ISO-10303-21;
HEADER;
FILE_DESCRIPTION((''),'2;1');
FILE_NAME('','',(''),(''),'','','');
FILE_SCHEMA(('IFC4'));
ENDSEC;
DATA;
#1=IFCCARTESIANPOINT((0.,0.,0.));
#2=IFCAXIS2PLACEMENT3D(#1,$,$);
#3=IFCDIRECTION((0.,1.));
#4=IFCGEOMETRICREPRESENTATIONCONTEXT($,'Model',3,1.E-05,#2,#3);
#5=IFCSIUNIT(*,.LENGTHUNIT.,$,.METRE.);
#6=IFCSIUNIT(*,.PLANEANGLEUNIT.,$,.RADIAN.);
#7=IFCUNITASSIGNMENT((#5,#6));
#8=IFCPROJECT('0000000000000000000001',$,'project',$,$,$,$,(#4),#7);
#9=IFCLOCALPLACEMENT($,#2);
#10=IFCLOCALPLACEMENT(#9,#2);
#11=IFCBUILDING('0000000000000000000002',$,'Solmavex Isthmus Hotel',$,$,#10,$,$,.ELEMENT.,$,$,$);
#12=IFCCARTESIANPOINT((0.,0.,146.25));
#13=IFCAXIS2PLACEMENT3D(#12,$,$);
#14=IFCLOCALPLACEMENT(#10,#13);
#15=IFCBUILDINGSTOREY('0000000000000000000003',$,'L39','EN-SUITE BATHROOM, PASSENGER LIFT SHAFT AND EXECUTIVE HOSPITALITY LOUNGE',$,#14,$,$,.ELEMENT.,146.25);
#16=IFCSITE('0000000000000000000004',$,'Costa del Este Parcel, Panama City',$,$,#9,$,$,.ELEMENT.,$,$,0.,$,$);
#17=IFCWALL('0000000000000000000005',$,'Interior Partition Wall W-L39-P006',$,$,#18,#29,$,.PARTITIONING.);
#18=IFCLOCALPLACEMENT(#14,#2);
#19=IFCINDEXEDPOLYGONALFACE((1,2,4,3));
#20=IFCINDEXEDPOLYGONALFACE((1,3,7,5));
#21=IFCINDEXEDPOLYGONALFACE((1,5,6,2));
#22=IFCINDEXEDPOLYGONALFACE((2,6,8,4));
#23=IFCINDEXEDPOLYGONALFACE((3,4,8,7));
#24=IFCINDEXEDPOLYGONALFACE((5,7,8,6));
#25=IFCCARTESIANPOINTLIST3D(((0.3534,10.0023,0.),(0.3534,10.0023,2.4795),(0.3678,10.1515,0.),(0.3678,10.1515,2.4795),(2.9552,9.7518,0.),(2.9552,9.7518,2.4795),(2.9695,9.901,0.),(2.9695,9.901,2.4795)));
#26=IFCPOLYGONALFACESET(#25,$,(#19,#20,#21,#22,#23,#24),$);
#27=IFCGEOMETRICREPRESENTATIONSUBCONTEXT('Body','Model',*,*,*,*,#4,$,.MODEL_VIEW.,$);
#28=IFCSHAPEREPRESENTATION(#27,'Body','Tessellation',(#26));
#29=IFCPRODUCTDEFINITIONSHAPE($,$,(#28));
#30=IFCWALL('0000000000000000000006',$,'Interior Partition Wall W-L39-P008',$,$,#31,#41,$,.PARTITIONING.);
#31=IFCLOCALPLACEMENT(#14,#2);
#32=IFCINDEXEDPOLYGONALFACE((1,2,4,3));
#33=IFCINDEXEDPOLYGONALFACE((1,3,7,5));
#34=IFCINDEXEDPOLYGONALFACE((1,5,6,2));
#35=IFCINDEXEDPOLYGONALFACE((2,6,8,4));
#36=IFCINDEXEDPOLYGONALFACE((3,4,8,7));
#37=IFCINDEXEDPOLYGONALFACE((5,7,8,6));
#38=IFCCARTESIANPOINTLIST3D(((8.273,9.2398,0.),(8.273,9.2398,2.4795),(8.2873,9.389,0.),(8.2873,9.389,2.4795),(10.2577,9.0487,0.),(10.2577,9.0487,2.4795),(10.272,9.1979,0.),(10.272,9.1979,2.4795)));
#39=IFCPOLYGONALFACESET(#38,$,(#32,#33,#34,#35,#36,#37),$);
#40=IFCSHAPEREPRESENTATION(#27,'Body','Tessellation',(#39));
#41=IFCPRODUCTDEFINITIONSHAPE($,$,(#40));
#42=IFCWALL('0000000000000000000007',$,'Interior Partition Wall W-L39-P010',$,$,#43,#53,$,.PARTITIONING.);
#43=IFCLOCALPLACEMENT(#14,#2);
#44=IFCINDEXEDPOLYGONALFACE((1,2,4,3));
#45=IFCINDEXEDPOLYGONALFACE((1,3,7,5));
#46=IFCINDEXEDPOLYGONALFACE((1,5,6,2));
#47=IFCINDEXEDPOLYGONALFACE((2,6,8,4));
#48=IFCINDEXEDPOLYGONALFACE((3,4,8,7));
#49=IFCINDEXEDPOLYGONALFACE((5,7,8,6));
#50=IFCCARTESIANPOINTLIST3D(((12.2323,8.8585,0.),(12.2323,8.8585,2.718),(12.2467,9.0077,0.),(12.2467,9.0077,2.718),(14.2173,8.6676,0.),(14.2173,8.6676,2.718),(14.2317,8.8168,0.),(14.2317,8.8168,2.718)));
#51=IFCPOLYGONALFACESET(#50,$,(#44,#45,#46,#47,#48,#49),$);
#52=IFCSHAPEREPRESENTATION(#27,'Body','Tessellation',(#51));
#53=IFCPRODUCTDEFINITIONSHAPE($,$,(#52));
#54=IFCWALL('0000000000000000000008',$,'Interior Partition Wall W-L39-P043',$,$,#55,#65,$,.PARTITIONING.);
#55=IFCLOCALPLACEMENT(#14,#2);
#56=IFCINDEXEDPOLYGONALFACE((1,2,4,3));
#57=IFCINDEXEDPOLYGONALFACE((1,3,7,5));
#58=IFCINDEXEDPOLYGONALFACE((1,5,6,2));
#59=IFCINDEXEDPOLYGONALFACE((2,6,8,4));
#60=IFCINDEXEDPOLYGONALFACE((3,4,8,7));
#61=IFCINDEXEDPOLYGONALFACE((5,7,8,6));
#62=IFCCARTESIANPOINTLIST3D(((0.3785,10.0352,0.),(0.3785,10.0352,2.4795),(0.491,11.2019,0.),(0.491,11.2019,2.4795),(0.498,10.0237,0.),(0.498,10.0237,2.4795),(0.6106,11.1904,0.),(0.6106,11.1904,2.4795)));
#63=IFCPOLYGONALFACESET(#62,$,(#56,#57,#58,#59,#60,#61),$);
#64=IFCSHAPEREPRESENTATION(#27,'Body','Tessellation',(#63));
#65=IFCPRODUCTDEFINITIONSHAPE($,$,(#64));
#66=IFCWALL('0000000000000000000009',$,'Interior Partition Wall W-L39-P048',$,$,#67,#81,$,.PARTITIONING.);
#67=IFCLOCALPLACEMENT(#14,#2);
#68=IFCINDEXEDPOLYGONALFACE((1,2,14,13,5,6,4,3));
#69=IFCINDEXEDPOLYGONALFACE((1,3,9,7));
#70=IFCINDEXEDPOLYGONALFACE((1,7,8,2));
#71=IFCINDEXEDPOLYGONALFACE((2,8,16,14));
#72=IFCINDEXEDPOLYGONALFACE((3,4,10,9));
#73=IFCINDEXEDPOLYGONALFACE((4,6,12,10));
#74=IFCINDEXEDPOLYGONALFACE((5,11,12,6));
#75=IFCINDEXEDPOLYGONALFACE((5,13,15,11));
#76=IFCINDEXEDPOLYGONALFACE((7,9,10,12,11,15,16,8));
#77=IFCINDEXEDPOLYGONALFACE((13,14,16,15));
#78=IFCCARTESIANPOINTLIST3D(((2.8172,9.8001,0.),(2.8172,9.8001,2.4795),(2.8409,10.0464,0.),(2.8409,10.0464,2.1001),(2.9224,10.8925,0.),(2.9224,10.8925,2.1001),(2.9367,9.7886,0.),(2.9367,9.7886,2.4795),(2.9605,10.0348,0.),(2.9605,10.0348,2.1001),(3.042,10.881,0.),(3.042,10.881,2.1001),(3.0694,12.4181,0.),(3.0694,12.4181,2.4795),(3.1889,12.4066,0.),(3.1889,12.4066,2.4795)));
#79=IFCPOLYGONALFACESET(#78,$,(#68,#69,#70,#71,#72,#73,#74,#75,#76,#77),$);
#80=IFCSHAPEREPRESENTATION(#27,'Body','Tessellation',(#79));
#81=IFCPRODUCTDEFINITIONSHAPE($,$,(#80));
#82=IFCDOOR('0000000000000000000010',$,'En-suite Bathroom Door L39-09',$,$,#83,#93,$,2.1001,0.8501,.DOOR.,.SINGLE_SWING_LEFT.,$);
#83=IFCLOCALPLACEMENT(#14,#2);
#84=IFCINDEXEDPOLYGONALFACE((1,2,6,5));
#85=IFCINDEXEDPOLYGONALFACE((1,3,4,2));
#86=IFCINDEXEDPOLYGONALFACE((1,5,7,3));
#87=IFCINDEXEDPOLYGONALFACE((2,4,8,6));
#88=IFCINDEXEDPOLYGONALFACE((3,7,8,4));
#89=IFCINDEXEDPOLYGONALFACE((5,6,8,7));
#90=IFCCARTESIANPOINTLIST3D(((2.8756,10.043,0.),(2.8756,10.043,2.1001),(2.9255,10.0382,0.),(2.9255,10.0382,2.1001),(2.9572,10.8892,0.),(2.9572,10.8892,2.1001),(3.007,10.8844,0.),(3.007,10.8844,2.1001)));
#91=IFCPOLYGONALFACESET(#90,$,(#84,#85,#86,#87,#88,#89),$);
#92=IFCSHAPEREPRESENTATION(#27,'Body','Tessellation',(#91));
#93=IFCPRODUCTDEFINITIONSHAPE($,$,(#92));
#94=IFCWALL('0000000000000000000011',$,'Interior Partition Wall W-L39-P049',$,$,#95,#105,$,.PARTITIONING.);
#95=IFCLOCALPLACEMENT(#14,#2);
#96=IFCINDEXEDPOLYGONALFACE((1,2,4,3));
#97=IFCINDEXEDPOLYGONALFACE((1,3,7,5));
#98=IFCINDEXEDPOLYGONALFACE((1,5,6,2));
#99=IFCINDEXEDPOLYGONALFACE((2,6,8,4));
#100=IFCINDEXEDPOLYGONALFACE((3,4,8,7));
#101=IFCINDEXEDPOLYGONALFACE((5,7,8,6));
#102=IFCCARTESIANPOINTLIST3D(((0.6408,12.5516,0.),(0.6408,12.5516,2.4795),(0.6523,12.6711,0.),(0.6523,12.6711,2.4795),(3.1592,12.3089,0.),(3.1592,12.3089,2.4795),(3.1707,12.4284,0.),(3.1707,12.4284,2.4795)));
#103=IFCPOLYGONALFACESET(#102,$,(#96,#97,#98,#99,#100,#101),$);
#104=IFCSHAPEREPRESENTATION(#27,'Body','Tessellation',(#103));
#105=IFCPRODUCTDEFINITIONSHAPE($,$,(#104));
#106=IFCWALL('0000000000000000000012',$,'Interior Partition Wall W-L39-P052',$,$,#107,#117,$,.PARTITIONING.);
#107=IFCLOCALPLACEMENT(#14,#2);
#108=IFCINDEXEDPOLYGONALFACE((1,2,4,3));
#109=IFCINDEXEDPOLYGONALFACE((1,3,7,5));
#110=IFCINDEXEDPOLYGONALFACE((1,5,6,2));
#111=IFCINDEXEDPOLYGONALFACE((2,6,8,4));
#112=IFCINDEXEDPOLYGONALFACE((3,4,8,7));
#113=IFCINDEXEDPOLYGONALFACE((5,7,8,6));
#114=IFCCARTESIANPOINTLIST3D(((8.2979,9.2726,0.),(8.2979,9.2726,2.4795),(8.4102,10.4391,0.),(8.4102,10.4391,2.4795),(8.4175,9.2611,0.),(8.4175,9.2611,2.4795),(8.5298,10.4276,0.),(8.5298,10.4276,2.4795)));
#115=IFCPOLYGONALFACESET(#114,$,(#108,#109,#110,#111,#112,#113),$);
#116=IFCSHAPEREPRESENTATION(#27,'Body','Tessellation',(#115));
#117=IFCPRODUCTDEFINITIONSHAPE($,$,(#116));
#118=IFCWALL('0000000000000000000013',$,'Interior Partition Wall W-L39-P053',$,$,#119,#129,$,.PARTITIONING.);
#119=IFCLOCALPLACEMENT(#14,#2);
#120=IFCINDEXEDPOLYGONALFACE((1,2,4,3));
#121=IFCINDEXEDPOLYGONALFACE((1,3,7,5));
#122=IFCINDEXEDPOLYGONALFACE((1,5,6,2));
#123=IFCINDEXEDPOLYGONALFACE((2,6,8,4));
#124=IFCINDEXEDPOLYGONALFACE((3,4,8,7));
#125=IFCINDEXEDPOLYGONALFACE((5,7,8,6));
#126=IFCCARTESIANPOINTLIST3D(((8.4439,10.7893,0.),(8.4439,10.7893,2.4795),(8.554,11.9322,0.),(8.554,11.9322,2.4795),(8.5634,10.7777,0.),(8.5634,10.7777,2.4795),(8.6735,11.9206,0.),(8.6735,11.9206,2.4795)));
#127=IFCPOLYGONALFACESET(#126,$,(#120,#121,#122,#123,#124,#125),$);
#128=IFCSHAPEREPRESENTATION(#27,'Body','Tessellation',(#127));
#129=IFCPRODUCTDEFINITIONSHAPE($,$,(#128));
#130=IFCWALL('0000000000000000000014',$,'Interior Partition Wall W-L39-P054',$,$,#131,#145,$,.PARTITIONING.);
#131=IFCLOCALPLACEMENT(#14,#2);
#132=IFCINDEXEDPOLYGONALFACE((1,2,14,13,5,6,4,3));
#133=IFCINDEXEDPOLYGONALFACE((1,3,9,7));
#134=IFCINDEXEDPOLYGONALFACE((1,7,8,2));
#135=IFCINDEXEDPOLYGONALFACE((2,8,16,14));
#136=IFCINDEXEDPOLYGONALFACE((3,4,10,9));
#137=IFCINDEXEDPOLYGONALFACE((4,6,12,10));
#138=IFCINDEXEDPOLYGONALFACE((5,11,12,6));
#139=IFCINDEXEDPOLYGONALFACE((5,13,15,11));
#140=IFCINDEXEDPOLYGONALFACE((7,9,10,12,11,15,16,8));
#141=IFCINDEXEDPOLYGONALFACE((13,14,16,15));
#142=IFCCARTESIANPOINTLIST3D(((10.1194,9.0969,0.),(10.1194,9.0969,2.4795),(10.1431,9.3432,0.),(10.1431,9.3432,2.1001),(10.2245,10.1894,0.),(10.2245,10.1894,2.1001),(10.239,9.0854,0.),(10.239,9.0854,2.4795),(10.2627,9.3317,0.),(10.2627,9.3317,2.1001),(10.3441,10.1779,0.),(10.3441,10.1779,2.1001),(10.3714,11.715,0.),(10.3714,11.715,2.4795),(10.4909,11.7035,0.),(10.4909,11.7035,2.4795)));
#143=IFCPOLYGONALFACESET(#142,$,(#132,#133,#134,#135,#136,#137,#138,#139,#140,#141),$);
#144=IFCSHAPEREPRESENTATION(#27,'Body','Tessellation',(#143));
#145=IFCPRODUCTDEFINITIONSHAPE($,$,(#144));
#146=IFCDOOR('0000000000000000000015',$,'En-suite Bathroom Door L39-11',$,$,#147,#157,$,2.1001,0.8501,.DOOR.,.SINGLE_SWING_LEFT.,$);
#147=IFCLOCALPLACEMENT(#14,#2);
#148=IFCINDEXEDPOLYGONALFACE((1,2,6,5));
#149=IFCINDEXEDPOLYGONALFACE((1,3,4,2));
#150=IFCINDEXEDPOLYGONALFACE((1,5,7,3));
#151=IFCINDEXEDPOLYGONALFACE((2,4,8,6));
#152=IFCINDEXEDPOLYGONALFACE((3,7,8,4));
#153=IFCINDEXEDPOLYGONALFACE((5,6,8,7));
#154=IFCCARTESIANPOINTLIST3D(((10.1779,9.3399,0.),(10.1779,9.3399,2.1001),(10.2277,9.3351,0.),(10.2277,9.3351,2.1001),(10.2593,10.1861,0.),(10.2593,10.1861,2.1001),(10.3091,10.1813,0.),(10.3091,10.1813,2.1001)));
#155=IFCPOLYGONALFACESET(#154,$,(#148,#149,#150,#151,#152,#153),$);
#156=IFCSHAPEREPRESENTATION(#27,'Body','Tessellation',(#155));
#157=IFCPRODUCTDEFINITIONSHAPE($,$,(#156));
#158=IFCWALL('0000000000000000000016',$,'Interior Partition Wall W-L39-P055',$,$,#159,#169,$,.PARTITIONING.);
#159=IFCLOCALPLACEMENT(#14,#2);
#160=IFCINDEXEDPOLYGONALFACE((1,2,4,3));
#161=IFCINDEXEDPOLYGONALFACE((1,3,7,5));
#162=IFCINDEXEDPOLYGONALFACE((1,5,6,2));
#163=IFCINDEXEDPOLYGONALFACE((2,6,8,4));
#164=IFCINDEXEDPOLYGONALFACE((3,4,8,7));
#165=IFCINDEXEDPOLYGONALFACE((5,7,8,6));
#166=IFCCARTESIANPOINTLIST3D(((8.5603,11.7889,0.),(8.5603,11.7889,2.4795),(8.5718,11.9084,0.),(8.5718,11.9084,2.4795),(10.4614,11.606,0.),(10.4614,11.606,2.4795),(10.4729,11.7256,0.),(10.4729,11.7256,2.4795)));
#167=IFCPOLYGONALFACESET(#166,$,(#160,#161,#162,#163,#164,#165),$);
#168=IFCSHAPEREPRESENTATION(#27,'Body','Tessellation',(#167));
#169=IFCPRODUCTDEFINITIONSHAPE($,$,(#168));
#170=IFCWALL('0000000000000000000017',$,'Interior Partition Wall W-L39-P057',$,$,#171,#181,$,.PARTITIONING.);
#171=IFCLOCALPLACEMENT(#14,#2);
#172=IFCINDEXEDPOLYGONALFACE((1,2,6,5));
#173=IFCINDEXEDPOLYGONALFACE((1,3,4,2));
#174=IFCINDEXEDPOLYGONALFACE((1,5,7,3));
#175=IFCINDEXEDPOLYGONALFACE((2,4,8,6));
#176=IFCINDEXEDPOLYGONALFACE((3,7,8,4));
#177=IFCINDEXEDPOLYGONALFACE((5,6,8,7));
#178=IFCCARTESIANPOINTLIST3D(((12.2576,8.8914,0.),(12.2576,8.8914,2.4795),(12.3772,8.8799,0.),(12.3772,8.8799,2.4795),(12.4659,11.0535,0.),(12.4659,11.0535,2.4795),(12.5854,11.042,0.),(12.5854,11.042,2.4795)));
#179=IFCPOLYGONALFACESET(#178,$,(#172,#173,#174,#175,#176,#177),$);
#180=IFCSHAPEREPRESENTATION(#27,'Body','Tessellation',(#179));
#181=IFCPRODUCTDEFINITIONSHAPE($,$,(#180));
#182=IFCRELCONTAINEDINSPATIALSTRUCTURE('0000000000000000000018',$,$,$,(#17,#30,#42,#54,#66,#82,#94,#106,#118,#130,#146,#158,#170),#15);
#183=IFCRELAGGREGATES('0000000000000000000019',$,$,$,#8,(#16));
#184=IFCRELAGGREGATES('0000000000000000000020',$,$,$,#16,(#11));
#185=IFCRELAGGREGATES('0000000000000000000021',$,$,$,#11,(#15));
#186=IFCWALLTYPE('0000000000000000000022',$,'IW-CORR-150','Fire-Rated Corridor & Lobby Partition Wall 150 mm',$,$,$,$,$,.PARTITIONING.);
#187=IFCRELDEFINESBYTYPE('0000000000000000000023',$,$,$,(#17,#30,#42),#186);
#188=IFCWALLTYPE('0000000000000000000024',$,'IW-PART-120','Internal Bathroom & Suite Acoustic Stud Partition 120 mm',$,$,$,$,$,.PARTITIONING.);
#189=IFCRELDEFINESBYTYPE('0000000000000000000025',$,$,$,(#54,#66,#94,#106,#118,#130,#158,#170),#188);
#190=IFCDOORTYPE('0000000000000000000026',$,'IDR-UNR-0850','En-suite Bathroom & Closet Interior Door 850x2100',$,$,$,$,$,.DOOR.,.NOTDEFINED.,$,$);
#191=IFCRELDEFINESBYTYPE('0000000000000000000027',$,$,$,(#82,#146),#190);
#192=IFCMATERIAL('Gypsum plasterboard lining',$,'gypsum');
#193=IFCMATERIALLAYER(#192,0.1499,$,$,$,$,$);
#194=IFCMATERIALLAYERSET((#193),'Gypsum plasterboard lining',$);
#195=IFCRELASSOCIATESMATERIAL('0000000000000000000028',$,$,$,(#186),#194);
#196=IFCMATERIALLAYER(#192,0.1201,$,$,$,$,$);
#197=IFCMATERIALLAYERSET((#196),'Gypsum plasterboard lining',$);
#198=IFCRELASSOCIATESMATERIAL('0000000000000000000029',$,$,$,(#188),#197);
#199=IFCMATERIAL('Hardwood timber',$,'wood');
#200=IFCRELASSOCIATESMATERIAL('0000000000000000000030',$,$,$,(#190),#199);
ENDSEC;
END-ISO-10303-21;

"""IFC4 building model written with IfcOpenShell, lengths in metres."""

from ifc_helpers import new_model, si_unit, direction, frame, frame_2d, origin, place, context, subcontext, project, spatial, rectangle, extrude, material, layer, layer_set, type_object, element, fill, save


model = new_model("IFC4")

# Units and contexts
model_context = context("Model", 3, precision=1e-05, world=origin(), true_north=direction((0.0, 1.0)))
body_context = subcontext(model_context, "Body", "Model", "MODEL_VIEW")
ifc_project = project(units=[si_unit("LENGTHUNIT", "METRE"), si_unit("PLANEANGLEUNIT", "RADIAN")], contexts=[model_context])

# Site, building, storey
site_placement = place(None, origin())
site = spatial("IfcSite", under=ifc_project, at=site_placement, Name="Costa del Este Parcel, Panama City", CompositionType="ELEMENT", RefElevation=0.0)
building_placement = place(site_placement, origin())
building = spatial("IfcBuilding", under=site, at=building_placement, Name="Solmavex Isthmus Hotel", CompositionType="ELEMENT")
storey_placement = place(building_placement, frame((0.0, 0.0, 146.25)))
storey = spatial("IfcBuildingStorey", under=building, at=storey_placement, Name="L39", Description="EN-SUITE BATHROOM, PASSENGER LIFT SHAFT AND EXECUTIVE HOSPITALITY LOUNGE", CompositionType="ELEMENT", Elevation=146.25)

# Shared definitions
ifc_material_1 = material(Name="Gypsum plasterboard lining", Category="gypsum")
ifc_layer_1 = layer(ifc_material_1, 0.1499)
ifc_layer_set_1 = layer_set([ifc_layer_1], Name="Gypsum plasterboard lining")
wall_type_1 = type_object("IfcWallType", Name="IW-CORR-150", Description="Fire-Rated Corridor & Lobby Partition Wall 150 mm", PredefinedType="PARTITIONING", material=ifc_layer_set_1)
ifc_material_2 = material(Name="Hardwood timber", Category="wood")

# Wall
wall_1_placement = place(storey_placement, frame((0.3606, 10.0769, 0.0), z_axis=(0.0, 0.0, 1.0), x_axis=(0.995398, -0.095832, 0.0)))
element("IfcWall", 1, at=wall_1_placement, inside=storey, type_object=wall_type_1, Name="Interior Partition Wall W-L39-P006", PredefinedType="PARTITIONING", context=body_context, shape_type="SweptSolid", body=[
    extrude(rectangle(XDim=2.6138, YDim=0.1499, at=frame_2d((1.3069, 0.0))), origin(), (0.0, 0.0, 1.0), 2.4795),
])

# Walls
wall_2_placement = place(storey_placement, frame((8.28, 9.3145, 0.0), z_axis=(0.0, 0.0, 1.0), x_axis=(0.995393, -0.095878, 0.0)))
element("IfcWall", 2, at=wall_2_placement, inside=storey, type_object=wall_type_1, Name="Interior Partition Wall W-L39-P008", PredefinedType="PARTITIONING", context=body_context, shape_type="SweptSolid", body=[
    extrude(rectangle(XDim=1.9939, YDim=0.1499, at=frame_2d((0.9971, 0.0))), origin(), (0.0, 0.0, 1.0), 2.4795),
])
wall_3_placement = place(storey_placement, frame((12.2395, 8.9331, 0.0), z_axis=(0.0, 0.0, 1.0), x_axis=(0.995406, -0.095745, 0.0)))
element("IfcWall", 3, at=wall_3_placement, inside=storey, type_object=wall_type_1, Name="Interior Partition Wall W-L39-P010", PredefinedType="PARTITIONING", context=body_context, shape_type="SweptSolid", body=[
    extrude(rectangle(XDim=1.9941, YDim=0.1499, at=frame_2d((0.9971, 0.0))), origin(), (0.0, 0.0, 1.0), 2.718),
])
ifc_layer_2 = layer(ifc_material_1, 0.1201)
ifc_layer_set_2 = layer_set([ifc_layer_2], Name="Gypsum plasterboard lining")
wall_type_2 = type_object("IfcWallType", Name="IW-PART-120", Description="Internal Bathroom & Suite Acoustic Stud Partition 120 mm", PredefinedType="PARTITIONING", material=ifc_layer_set_2)
wall_4_placement = place(storey_placement, frame((0.5508, 11.196, 0.0), z_axis=(0.0, 0.0, 1.0), x_axis=(-0.096018, -0.99538, 0.0)))
element("IfcWall", 4, at=wall_4_placement, inside=storey, type_object=wall_type_2, Name="Interior Partition Wall W-L39-P043", PredefinedType="PARTITIONING", context=body_context, shape_type="SweptSolid", body=[
    extrude(rectangle(XDim=1.1721, YDim=0.1201, at=frame_2d((0.5859, 0.0))), origin(), (0.0, 0.0, 1.0), 2.4795),
])

# Wall, opening, door
wall_5_placement = place(storey_placement, frame((2.877, 9.7944, 0.0), z_axis=(0.0, 0.0, 1.0), x_axis=(0.095891, 0.995392, 0.0)))
wall_5 = element("IfcWall", 5, at=wall_5_placement, inside=storey, type_object=wall_type_2, Name="Interior Partition Wall W-L39-P048", PredefinedType="PARTITIONING", context=body_context, shape_type="SweptSolid", body=[
    extrude(rectangle(XDim=2.6301, YDim=0.1201, at=frame_2d((1.3149, 0.0))), origin(), (0.0, 0.0, 1.0), 2.4795),
])
opening_1_placement = place(wall_5_placement, frame((0.2473, 0.0, 0.0)))
opening_1 = element("IfcOpeningElement", 6, at=opening_1_placement, cuts=wall_5, PredefinedType="OPENING", context=body_context, shape_type="SweptSolid", body=[
    extrude(rectangle(XDim=0.8501, YDim=2.1001, at=frame_2d((0.425, 1.05))), frame((0.0, 0.0701, 0.0), z_axis=(0.0, -1.0, 0.0), x_axis=(1.0, 0.0, 0.0)), (0.0, 0.0, 1.0), 0.1401),
])
door_type_1 = type_object("IfcDoorType", Name="IDR-UNR-0850", Description="En-suite Bathroom & Closet Interior Door 850x2100", OperationType="NOTDEFINED", PredefinedType="DOOR", material=ifc_material_2)
door_1_placement = place(opening_1_placement, frame((0.8501, 0.0, 0.0), z_axis=(0.0, 0.0, 1.0), x_axis=(-1.0, 0.0, 0.0)))
door_1 = element("IfcDoor", 7, at=door_1_placement, inside=storey, type_object=door_type_1, Name="En-suite Bathroom Door L39-09", OperationType="SINGLE_SWING_LEFT", OverallHeight=2.1001, OverallWidth=0.8501, PredefinedType="DOOR", context=body_context, shape_type="SweptSolid", body=[
    extrude(rectangle(XDim=0.8501, YDim=2.1001, at=frame_2d((0.425, 1.05))), frame((0.0, 0.0249, 0.0), z_axis=(0.0, -1.0, 0.0), x_axis=(1.0, 0.0, 0.0)), (0.0, 0.0, 1.0), 0.05),
])
fill(opening_1, door_1)

# Walls
wall_6_placement = place(storey_placement, frame((3.165, 12.3687, 0.0), z_axis=(0.0, 0.0, 1.0), x_axis=(-0.995389, 0.09592, 0.0)))
element("IfcWall", 8, at=wall_6_placement, inside=storey, type_object=wall_type_2, Name="Interior Partition Wall W-L39-P049", PredefinedType="PARTITIONING", context=body_context, shape_type="SweptSolid", body=[
    extrude(rectangle(XDim=2.53, YDim=0.1201, at=frame_2d((1.2651, 0.0))), origin(), (0.0, 0.0, 1.0), 2.4795),
])
wall_7_placement = place(storey_placement, frame((8.47, 10.4333, 0.0), z_axis=(0.0, 0.0, 1.0), x_axis=(-0.095831, -0.995398, 0.0)))
element("IfcWall", 9, at=wall_7_placement, inside=storey, type_object=wall_type_2, Name="Interior Partition Wall W-L39-P052", PredefinedType="PARTITIONING", context=body_context, shape_type="SweptSolid", body=[
    extrude(rectangle(XDim=1.1719, YDim=0.1201, at=frame_2d((0.5859, 0.0))), origin(), (0.0, 0.0, 1.0), 2.4795),
])
wall_8_placement = place(storey_placement, frame((8.6138, 11.9265, 0.0), z_axis=(0.0, 0.0, 1.0), x_axis=(-0.095903, -0.995391, 0.0)))
element("IfcWall", 10, at=wall_8_placement, inside=storey, type_object=wall_type_2, Name="Interior Partition Wall W-L39-P053", PredefinedType="PARTITIONING", context=body_context, shape_type="SweptSolid", body=[
    extrude(rectangle(XDim=1.1482, YDim=0.1201, at=frame_2d((0.5742, 0.0))), origin(), (0.0, 0.0, 1.0), 2.4795),
])

# Wall, opening, door
wall_9_placement = place(storey_placement, frame((10.1792, 9.0913, 0.0), z_axis=(0.0, 0.0, 1.0), x_axis=(0.095799, 0.995401, 0.0)))
wall_9 = element("IfcWall", 11, at=wall_9_placement, inside=storey, type_object=wall_type_2, Name="Interior Partition Wall W-L39-P054", PredefinedType="PARTITIONING", context=body_context, shape_type="SweptSolid", body=[
    extrude(rectangle(XDim=2.6301, YDim=0.1201, at=frame_2d((1.3149, 0.0))), origin(), (0.0, 0.0, 1.0), 2.4795),
])
opening_2_placement = place(wall_9_placement, frame((0.2473, 0.0, 0.0)))
opening_2 = element("IfcOpeningElement", 12, at=opening_2_placement, cuts=wall_9, PredefinedType="OPENING", context=body_context, shape_type="SweptSolid", body=[
    extrude(rectangle(XDim=0.8501, YDim=2.1001, at=frame_2d((0.425, 1.05))), frame((0.0, 0.0701, 0.0), z_axis=(0.0, -1.0, 0.0), x_axis=(1.0, 0.0, 0.0)), (0.0, 0.0, 1.0), 0.1401),
])
door_2_placement = place(opening_2_placement, frame((0.8501, 0.0, 0.0), z_axis=(0.0, 0.0, 1.0), x_axis=(-1.0, 0.0, 0.0)))
door_2 = element("IfcDoor", 13, at=door_2_placement, inside=storey, type_object=door_type_1, Name="En-suite Bathroom Door L39-11", OperationType="SINGLE_SWING_LEFT", OverallHeight=2.1001, OverallWidth=0.8501, PredefinedType="DOOR", context=body_context, shape_type="SweptSolid", body=[
    extrude(rectangle(XDim=0.8501, YDim=2.1001, at=frame_2d((0.425, 1.05))), frame((0.0, 0.0249, 0.0), z_axis=(0.0, -1.0, 0.0), x_axis=(1.0, 0.0, 0.0)), (0.0, 0.0, 1.0), 0.05),
])
fill(opening_2, door_2)

# Walls
wall_10_placement = place(storey_placement, frame((10.4673, 11.6658, 0.0), z_axis=(0.0, 0.0, 1.0), x_axis=(-0.995406, 0.095744, 0.0)))
element("IfcWall", 14, at=wall_10_placement, inside=storey, type_object=wall_type_2, Name="Interior Partition Wall W-L39-P055", PredefinedType="PARTITIONING", context=body_context, shape_type="SweptSolid", body=[
    extrude(rectangle(XDim=1.9099, YDim=0.1201, at=frame_2d((0.9551, 0.0))), origin(), (0.0, 0.0, 1.0), 2.4795),
])
wall_11_placement = place(storey_placement, frame((12.5256, 11.0476, 0.0), z_axis=(0.0, 0.0, 1.0), x_axis=(-0.095875, -0.995393, 0.0)))
element("IfcWall", 15, at=wall_11_placement, inside=storey, type_object=wall_type_2, Name="Interior Partition Wall W-L39-P057", PredefinedType="PARTITIONING", context=body_context, shape_type="SweptSolid", body=[
    extrude(rectangle(XDim=2.1721, YDim=0.1201, at=frame_2d((1.0859, 0.0))), origin(), (0.0, 0.0, 1.0), 2.4795),
])

save(model, "model.ifc")
